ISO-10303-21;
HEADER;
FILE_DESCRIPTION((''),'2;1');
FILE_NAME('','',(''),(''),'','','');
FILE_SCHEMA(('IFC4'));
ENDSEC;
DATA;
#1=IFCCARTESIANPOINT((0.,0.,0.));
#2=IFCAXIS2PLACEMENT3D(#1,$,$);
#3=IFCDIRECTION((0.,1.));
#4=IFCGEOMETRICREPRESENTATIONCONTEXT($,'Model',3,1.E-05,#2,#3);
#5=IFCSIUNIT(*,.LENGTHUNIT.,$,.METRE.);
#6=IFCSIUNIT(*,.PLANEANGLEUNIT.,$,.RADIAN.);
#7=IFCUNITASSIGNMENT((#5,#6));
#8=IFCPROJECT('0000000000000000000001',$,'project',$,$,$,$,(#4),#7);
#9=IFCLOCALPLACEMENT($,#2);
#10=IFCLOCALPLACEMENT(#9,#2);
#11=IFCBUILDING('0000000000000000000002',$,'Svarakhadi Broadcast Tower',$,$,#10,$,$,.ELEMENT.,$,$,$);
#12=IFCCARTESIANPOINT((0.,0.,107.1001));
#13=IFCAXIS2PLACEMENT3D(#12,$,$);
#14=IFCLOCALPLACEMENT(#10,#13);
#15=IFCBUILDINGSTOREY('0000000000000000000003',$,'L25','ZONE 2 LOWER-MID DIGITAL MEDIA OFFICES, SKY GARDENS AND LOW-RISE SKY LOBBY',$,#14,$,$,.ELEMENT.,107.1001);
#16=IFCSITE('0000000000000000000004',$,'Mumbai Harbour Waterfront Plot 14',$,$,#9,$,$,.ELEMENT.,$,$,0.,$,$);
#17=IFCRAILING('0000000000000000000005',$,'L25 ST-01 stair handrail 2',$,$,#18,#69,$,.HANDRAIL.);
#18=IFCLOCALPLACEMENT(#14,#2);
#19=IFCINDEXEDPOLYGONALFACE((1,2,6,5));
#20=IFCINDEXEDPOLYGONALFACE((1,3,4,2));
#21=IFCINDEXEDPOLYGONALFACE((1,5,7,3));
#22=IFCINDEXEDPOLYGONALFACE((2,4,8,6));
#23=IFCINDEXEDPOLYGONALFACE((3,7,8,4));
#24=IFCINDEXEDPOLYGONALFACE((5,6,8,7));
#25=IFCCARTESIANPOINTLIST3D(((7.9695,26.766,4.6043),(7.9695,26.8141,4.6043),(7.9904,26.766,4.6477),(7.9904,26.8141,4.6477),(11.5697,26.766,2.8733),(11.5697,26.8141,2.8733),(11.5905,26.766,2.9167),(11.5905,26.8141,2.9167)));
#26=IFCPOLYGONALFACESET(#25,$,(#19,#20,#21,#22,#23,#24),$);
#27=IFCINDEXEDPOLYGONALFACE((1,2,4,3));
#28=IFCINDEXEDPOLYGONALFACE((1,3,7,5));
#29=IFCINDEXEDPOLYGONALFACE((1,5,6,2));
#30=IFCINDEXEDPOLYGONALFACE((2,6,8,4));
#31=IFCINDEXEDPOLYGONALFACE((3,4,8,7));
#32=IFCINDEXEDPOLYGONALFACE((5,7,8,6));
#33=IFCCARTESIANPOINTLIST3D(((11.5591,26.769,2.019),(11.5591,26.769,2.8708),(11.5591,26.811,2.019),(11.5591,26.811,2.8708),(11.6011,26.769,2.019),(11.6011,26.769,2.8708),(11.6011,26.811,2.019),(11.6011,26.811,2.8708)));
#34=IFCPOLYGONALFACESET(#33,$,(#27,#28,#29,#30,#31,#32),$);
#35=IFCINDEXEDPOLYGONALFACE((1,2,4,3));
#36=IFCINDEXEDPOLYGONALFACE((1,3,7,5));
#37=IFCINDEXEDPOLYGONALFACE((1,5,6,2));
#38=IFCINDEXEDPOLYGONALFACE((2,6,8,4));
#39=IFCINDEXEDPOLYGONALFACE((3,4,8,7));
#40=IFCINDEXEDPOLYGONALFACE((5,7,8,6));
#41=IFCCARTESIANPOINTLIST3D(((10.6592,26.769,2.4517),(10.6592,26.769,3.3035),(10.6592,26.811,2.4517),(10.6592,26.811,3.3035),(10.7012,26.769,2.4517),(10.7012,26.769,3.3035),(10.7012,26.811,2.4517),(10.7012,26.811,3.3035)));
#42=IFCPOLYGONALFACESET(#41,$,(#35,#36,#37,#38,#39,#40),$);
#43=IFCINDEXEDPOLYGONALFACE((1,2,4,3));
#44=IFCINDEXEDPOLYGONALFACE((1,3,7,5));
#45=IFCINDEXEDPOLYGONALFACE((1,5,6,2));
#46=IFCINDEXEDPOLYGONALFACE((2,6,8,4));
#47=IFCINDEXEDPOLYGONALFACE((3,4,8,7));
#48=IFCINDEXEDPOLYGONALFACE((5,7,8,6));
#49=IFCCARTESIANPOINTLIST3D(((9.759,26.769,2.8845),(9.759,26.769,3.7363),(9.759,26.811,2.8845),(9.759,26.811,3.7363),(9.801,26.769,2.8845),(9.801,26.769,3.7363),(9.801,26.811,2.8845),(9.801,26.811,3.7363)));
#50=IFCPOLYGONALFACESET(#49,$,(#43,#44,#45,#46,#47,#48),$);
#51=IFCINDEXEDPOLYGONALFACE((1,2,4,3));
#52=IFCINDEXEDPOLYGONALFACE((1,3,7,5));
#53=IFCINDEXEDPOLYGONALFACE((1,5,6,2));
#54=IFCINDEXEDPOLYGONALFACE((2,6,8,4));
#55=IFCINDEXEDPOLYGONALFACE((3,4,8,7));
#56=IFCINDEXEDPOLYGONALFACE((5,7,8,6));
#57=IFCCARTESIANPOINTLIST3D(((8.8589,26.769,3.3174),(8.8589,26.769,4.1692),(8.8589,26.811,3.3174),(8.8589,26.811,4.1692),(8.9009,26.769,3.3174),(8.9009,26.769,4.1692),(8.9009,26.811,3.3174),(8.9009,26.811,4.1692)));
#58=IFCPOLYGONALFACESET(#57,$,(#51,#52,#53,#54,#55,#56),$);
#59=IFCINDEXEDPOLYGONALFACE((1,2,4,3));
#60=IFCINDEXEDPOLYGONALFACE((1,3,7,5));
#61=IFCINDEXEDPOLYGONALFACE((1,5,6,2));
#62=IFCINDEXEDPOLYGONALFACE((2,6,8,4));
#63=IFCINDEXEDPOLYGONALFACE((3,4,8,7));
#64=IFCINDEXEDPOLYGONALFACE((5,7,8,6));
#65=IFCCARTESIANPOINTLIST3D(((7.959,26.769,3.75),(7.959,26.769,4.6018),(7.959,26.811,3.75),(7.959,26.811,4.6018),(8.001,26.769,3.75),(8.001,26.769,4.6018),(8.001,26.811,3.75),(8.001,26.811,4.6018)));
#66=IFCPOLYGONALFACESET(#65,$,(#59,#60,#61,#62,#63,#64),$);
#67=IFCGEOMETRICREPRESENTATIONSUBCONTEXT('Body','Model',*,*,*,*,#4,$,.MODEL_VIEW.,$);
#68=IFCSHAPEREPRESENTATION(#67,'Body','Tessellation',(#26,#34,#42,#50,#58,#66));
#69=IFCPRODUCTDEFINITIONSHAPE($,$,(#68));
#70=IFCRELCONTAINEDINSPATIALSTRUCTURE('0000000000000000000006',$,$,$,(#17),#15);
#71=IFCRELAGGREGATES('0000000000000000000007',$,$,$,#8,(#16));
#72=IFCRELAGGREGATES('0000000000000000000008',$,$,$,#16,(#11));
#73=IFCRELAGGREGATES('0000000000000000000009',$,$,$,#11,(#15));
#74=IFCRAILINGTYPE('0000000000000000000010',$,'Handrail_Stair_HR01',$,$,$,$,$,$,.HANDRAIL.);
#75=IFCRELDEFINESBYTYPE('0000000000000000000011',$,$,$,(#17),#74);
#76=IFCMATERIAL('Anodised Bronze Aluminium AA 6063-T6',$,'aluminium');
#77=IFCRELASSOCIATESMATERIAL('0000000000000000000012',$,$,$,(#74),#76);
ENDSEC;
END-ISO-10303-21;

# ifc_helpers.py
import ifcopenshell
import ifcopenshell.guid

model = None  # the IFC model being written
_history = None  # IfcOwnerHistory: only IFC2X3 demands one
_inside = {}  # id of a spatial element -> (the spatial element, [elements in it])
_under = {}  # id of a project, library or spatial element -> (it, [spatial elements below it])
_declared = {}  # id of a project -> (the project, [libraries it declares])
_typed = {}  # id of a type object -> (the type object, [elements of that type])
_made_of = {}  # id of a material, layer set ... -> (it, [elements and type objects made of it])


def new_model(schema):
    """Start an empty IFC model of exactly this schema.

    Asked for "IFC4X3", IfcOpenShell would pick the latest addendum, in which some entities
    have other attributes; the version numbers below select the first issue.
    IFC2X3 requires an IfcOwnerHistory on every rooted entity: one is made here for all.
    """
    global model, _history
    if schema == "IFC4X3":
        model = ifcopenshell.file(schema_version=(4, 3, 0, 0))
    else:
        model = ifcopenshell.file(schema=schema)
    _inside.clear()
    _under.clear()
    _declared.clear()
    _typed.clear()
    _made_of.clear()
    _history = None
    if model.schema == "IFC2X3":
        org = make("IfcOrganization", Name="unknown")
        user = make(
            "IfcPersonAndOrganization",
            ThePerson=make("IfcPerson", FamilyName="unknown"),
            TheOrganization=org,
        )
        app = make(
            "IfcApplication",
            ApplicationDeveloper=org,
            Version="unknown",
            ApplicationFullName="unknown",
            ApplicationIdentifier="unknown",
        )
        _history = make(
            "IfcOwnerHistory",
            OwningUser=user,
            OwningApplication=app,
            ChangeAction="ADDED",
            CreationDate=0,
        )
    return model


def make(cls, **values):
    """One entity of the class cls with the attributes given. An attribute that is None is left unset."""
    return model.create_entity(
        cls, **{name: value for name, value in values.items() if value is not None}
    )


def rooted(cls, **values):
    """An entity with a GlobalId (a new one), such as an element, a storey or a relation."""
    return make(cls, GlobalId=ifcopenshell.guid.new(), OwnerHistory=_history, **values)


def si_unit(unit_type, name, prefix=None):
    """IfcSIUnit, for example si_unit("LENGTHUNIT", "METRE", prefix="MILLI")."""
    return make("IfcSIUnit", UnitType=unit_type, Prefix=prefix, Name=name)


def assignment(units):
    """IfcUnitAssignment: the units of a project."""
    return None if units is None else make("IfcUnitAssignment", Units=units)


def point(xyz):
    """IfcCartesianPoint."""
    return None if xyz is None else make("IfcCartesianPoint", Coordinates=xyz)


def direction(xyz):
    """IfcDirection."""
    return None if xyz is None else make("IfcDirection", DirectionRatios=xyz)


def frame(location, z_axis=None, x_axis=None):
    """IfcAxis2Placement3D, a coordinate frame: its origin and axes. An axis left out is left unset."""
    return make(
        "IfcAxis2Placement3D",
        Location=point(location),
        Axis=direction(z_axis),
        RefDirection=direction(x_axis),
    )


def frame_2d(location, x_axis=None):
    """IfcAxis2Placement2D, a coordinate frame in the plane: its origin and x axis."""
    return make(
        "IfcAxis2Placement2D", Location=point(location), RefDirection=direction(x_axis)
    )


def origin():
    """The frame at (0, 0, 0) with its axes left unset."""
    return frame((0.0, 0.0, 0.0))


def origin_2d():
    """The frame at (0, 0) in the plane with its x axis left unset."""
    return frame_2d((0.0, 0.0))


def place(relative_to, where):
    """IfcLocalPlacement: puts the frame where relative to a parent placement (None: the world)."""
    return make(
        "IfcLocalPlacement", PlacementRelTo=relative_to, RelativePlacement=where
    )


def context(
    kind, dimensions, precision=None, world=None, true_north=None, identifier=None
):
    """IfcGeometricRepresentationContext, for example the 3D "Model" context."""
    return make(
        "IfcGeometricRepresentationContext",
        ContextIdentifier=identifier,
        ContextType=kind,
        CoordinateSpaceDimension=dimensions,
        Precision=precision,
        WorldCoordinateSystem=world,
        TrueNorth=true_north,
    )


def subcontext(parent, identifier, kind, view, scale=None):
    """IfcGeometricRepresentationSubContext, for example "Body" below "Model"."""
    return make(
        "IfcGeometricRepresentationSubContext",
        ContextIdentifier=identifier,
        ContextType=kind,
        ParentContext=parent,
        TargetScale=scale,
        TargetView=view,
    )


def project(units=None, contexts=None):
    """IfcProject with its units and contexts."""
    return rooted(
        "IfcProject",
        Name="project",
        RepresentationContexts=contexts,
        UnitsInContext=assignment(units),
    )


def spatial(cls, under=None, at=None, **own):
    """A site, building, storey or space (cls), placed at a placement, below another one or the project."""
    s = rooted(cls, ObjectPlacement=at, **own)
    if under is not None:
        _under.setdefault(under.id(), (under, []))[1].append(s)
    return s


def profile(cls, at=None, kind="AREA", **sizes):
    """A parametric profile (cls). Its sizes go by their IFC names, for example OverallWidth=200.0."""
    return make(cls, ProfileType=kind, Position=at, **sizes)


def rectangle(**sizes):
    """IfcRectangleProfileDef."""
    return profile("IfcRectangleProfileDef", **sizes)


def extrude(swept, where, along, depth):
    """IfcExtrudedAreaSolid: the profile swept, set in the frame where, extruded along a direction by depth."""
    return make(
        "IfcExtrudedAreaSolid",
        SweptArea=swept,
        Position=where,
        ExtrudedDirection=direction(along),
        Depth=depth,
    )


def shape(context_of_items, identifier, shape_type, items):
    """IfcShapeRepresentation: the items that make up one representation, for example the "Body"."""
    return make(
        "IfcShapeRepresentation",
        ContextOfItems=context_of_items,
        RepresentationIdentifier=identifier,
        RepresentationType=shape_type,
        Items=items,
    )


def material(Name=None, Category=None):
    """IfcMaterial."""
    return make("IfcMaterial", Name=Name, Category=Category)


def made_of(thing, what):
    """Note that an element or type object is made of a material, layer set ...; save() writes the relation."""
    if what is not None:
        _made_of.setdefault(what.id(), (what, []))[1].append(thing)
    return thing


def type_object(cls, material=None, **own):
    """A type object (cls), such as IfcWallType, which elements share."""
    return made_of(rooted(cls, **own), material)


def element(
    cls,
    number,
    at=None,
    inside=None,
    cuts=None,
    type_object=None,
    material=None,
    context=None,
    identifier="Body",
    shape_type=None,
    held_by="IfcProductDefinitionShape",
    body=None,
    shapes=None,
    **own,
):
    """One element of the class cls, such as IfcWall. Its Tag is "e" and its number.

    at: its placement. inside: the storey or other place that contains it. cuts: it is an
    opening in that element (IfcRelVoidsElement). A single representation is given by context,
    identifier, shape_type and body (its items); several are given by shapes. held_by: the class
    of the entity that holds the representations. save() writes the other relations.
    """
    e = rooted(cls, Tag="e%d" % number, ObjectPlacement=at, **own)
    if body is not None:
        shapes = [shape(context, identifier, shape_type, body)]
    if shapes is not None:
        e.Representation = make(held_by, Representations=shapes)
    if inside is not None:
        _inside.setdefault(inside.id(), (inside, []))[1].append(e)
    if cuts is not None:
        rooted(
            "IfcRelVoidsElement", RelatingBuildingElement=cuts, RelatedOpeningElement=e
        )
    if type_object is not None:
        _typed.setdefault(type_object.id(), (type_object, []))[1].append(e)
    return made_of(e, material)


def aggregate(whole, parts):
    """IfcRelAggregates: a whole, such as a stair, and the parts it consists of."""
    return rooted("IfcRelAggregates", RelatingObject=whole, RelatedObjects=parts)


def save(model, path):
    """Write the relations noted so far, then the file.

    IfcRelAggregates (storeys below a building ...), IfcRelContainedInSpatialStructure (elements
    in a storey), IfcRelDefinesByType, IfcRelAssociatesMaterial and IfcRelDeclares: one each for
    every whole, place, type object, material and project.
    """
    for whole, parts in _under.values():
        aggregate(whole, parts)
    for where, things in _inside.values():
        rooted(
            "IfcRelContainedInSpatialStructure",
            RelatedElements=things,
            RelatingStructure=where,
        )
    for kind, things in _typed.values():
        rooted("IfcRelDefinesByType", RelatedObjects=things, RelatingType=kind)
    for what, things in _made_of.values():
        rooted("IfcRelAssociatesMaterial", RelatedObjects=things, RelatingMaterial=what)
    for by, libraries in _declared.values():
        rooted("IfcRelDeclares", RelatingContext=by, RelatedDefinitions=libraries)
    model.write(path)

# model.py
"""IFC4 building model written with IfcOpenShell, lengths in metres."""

from ifc_helpers import new_model, si_unit, direction, frame, origin, origin_2d, place, context, subcontext, project, spatial, rectangle, extrude, material, type_object, element, save


model = new_model("IFC4")

# Units and contexts
model_context = context("Model", 3, precision=1e-05, world=origin(), true_north=direction((0.0, 1.0)))
body_context = subcontext(model_context, "Body", "Model", "MODEL_VIEW")
ifc_project = project(units=[si_unit("LENGTHUNIT", "METRE"), si_unit("PLANEANGLEUNIT", "RADIAN")], contexts=[model_context])

# Site, building, storey
site_placement = place(None, origin())
site = spatial("IfcSite", under=ifc_project, at=site_placement, Name="Mumbai Harbour Waterfront Plot 14", CompositionType="ELEMENT", RefElevation=0.0)
building_placement = place(site_placement, origin())
building = spatial("IfcBuilding", under=site, at=building_placement, Name="Svarakhadi Broadcast Tower", CompositionType="ELEMENT")
storey_placement = place(building_placement, frame((0.0, 0.0, 107.1001)))
storey = spatial("IfcBuildingStorey", under=building, at=storey_placement, Name="L25", Description="ZONE 2 LOWER-MID DIGITAL MEDIA OFFICES, SKY GARDENS AND LOW-RISE SKY LOBBY", CompositionType="ELEMENT", Elevation=107.1001)

# Railing
ifc_material_1 = material(Name="Anodised Bronze Aluminium AA 6063-T6", Category="aluminium")
railing_type_1 = type_object("IfcRailingType", Name="Handrail_Stair_HR01", PredefinedType="HANDRAIL", material=ifc_material_1)
railing_1_placement = place(storey_placement, frame((11.5801, 26.79, 2.019)))
element("IfcRailing", 1, at=railing_1_placement, inside=storey, type_object=railing_type_1, Name="L25 ST-01 stair handrail 2", PredefinedType="HANDRAIL", context=body_context, shape_type="SweptSolid", body=[
    extrude(rectangle(XDim=0.0481, YDim=0.0481, at=origin_2d()), frame((0.0, 0.0, 0.876), z_axis=(-0.901239, 0.0, 0.433323), x_axis=(0.0, -1.0, 0.0)), (0.0, 0.0, 1.0), 3.9946),
    extrude(rectangle(XDim=0.042, YDim=0.042, at=origin_2d()), origin(), (0.0, 0.0, 1.0), 0.8518),
    extrude(rectangle(XDim=0.042, YDim=0.042, at=origin_2d()), frame((-0.8999, 0.0, 0.4326)), (0.0, 0.0, 1.0), 0.8518),
    extrude(rectangle(XDim=0.042, YDim=0.042, at=origin_2d()), frame((-1.8, 0.0, 0.8655)), (0.0, 0.0, 1.0), 0.8518),
    extrude(rectangle(XDim=0.042, YDim=0.042, at=origin_2d()), frame((-2.7002, 0.0, 1.2983)), (0.0, 0.0, 1.0), 0.8518),
    extrude(rectangle(XDim=0.042, YDim=0.042, at=origin_2d()), frame((-3.6001, 0.0, 1.731)), (0.0, 0.0, 1.0), 0.8518),
])

save(model, "model.ifc")
